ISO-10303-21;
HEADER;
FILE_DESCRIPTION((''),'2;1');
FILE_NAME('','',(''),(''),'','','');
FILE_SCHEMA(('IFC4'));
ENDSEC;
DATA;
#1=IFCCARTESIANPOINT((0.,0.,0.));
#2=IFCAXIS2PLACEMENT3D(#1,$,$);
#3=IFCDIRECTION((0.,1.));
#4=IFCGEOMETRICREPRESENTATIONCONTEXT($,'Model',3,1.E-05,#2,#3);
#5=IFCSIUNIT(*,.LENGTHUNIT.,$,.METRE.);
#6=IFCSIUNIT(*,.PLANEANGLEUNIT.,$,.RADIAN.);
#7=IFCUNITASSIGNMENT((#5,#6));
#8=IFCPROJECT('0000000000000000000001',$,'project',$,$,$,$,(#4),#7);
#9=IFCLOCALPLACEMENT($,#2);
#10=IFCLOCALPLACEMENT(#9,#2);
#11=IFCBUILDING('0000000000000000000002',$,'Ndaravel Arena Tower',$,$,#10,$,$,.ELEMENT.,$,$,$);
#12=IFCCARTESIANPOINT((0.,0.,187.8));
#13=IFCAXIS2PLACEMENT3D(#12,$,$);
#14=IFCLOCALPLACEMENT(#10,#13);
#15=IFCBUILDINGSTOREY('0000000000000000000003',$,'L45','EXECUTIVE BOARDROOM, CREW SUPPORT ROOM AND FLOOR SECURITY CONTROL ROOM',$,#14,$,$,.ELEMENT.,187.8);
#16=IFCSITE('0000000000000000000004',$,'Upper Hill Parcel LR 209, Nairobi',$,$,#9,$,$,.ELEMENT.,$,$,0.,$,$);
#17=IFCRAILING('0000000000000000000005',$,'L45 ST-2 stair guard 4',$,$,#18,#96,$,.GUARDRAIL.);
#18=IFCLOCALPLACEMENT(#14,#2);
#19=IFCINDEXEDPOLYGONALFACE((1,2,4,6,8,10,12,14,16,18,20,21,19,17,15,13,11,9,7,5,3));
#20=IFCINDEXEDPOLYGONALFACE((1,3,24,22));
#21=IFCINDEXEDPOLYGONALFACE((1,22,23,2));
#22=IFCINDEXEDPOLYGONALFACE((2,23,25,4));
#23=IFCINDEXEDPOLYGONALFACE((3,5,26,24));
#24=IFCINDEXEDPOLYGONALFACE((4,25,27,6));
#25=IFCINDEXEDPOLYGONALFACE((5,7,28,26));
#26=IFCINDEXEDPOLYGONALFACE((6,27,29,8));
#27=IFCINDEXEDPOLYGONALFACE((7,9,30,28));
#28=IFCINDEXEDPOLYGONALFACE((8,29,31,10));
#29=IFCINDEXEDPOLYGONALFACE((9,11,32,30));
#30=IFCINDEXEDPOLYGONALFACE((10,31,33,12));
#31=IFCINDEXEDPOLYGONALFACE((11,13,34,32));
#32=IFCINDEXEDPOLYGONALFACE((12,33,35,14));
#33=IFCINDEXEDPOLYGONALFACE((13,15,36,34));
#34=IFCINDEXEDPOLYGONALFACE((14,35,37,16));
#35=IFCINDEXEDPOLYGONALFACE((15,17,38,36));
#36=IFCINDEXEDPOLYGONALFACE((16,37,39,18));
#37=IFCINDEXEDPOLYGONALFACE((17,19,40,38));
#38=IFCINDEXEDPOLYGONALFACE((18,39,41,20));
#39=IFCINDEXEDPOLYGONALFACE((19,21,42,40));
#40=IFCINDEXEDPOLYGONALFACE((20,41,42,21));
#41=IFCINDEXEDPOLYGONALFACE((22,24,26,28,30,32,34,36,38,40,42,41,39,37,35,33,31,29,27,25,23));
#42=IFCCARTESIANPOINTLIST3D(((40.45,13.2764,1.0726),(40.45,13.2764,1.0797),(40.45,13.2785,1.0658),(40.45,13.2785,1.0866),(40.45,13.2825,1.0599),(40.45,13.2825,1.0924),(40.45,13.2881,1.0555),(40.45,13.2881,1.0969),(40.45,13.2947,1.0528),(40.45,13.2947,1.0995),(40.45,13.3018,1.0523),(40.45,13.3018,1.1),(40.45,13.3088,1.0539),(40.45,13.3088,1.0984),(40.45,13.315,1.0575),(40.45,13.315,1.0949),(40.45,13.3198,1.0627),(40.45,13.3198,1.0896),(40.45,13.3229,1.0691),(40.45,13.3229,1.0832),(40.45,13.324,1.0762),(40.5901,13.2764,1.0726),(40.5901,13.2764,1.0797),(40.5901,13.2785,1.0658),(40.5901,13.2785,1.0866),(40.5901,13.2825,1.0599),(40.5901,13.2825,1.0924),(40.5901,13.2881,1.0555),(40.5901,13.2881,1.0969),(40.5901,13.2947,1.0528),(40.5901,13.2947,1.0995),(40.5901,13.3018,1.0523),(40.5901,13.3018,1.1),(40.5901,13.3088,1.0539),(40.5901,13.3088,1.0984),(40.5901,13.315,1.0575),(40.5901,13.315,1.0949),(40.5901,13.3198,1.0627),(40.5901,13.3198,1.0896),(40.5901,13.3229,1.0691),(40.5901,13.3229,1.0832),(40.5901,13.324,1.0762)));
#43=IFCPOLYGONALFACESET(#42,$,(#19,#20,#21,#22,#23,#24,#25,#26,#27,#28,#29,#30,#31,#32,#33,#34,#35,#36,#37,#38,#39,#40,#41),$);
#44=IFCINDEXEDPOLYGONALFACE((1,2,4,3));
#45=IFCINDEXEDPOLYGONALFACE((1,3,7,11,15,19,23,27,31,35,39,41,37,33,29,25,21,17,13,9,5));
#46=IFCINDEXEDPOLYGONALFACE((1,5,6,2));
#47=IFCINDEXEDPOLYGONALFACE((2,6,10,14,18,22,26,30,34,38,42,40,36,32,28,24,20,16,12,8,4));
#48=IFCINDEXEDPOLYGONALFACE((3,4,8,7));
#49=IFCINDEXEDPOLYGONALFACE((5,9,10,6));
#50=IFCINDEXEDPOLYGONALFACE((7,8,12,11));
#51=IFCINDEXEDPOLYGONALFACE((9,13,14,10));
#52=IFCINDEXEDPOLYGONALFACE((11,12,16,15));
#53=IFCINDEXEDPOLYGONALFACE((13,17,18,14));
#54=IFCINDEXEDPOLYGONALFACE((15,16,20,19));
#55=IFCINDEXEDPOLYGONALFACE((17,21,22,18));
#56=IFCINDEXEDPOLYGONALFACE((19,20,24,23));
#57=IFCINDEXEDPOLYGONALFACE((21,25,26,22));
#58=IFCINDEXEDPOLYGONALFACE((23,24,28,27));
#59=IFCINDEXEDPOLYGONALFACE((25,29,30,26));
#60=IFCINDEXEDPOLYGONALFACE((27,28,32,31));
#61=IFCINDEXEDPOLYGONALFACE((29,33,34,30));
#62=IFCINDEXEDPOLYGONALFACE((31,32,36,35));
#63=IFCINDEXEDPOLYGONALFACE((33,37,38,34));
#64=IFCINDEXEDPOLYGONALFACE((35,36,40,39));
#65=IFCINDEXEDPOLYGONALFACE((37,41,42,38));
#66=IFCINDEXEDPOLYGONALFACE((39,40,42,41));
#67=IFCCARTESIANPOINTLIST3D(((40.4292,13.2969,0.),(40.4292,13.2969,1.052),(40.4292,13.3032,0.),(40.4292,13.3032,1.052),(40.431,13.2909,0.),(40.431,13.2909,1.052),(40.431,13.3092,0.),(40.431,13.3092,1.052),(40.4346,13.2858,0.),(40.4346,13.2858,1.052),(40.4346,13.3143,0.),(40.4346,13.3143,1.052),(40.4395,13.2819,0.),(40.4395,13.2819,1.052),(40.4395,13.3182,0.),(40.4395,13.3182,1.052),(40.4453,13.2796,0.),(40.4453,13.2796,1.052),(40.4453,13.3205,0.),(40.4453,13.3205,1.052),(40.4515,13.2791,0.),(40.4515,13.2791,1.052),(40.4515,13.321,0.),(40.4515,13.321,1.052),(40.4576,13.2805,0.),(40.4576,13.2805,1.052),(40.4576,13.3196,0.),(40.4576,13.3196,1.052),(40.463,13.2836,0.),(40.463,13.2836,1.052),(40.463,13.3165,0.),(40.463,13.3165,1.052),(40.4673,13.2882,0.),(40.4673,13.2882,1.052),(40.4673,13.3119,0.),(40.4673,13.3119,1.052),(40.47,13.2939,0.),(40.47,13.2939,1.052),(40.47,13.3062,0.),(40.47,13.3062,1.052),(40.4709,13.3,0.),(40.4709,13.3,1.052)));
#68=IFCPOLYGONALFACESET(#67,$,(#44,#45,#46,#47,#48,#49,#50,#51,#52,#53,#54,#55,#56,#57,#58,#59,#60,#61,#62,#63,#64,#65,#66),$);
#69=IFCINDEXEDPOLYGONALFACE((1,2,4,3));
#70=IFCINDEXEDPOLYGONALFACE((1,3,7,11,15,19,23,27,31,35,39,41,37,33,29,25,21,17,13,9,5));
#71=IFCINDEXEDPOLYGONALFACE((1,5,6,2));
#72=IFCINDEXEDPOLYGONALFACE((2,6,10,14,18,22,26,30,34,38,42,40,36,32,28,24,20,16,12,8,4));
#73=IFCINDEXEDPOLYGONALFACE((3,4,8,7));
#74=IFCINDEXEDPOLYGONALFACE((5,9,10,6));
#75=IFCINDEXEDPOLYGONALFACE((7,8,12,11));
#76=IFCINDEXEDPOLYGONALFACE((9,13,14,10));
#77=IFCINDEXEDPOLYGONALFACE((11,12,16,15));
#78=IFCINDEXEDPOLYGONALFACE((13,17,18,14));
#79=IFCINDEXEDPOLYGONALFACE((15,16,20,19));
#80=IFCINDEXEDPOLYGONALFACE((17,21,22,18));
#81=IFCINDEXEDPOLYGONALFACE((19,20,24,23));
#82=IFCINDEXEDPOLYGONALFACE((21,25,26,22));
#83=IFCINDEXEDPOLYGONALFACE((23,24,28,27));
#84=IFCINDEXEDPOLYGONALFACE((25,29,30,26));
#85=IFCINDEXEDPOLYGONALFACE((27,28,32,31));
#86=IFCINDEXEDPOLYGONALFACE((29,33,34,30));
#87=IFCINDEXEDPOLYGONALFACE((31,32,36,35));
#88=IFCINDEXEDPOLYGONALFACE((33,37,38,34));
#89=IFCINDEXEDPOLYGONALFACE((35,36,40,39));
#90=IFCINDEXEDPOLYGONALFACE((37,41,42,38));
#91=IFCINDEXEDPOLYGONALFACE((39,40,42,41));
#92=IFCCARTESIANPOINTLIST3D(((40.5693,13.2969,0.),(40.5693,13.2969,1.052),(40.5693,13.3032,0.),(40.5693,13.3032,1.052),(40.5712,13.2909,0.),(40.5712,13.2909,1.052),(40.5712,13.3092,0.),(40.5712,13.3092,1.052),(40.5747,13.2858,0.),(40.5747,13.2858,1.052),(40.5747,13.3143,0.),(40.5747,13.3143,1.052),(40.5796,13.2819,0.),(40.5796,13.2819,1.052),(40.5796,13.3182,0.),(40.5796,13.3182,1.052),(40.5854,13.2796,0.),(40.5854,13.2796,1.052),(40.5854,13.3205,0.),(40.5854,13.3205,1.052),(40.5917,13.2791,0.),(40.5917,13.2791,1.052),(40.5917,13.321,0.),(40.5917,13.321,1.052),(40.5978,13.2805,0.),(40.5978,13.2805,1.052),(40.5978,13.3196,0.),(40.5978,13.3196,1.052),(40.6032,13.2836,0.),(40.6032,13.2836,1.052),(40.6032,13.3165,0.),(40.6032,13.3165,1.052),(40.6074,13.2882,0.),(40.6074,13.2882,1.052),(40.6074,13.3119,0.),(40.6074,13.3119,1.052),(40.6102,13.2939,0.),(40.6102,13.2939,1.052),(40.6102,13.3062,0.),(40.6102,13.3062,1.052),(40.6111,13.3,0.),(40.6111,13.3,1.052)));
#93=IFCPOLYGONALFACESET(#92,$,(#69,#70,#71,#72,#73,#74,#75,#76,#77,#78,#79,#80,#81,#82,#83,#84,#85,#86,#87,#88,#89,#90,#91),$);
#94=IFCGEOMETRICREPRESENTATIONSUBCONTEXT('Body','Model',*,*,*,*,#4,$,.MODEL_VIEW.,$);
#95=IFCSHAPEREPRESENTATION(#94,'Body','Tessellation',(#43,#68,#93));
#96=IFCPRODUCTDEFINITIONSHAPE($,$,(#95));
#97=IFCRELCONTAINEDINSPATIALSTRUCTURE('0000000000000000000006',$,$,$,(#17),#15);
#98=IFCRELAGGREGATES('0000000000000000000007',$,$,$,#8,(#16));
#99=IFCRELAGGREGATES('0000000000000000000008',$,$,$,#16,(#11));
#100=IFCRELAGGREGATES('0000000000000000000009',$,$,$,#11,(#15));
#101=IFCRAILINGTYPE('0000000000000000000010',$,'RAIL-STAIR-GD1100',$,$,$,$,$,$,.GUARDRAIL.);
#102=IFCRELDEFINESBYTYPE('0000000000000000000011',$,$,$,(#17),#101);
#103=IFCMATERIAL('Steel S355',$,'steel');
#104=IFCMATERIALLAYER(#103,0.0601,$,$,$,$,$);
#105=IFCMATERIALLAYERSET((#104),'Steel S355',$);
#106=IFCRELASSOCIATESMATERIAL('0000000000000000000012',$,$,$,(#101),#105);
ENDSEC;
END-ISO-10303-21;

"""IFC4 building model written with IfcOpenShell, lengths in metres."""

from ifc_helpers import new_model, si_unit, direction, frame, origin, origin_2d, place, context, subcontext, project, spatial, circle, extrude, material, layer, layer_set, type_object, element, save


model = new_model("IFC4")

# Units and contexts
model_context = context("Model", 3, precision=1e-05, world=origin(), true_north=direction((0.0, 1.0)))
body_context = subcontext(model_context, "Body", "Model", "MODEL_VIEW")
ifc_project = project(units=[si_unit("LENGTHUNIT", "METRE"), si_unit("PLANEANGLEUNIT", "RADIAN")], contexts=[model_context])

# Site, building, storey
site_placement = place(None, origin())
site = spatial("IfcSite", under=ifc_project, at=site_placement, Name="Upper Hill Parcel LR 209, Nairobi", CompositionType="ELEMENT", RefElevation=0.0)
building_placement = place(site_placement, origin())
building = spatial("IfcBuilding", under=site, at=building_placement, Name="Ndaravel Arena Tower", CompositionType="ELEMENT")
storey_placement = place(building_placement, frame((0.0, 0.0, 187.8)))
storey = spatial("IfcBuildingStorey", under=building, at=storey_placement, Name="L45", Description="EXECUTIVE BOARDROOM, CREW SUPPORT ROOM AND FLOOR SECURITY CONTROL ROOM", CompositionType="ELEMENT", Elevation=187.8)

# Railing
ifc_material_1 = material(Name="Steel S355", Category="steel")
ifc_layer_1 = layer(ifc_material_1, 0.0601)
ifc_layer_set_1 = layer_set([ifc_layer_1], Name="Steel S355")
railing_type_1 = type_object("IfcRailingType", Name="RAIL-STAIR-GD1100", PredefinedType="GUARDRAIL", material=ifc_layer_set_1)
railing_1_placement = place(storey_placement, frame((40.45, 13.3, 0.0)))
element("IfcRailing", 1, at=railing_1_placement, inside=storey, type_object=railing_type_1, Name="L45 ST-2 stair guard 4", PredefinedType="GUARDRAIL", context=body_context, shape_type="SweptSolid", body=[
    extrude(circle(Radius=0.0239, at=origin_2d()), frame((0.0, 0.0, 1.0762), z_axis=(1.0, 0.0, 0.0), x_axis=(0.0, 1.0, 0.0)), (0.0, 0.0, 1.0), 0.1401),
    extrude(circle(Radius=0.021, at=origin_2d()), origin(), (0.0, 0.0, 1.0), 1.052),
    extrude(circle(Radius=0.021, at=origin_2d()), frame((0.1401, 0.0, 0.0)), (0.0, 0.0, 1.0), 1.052),
])

save(model, "model.ifc")
